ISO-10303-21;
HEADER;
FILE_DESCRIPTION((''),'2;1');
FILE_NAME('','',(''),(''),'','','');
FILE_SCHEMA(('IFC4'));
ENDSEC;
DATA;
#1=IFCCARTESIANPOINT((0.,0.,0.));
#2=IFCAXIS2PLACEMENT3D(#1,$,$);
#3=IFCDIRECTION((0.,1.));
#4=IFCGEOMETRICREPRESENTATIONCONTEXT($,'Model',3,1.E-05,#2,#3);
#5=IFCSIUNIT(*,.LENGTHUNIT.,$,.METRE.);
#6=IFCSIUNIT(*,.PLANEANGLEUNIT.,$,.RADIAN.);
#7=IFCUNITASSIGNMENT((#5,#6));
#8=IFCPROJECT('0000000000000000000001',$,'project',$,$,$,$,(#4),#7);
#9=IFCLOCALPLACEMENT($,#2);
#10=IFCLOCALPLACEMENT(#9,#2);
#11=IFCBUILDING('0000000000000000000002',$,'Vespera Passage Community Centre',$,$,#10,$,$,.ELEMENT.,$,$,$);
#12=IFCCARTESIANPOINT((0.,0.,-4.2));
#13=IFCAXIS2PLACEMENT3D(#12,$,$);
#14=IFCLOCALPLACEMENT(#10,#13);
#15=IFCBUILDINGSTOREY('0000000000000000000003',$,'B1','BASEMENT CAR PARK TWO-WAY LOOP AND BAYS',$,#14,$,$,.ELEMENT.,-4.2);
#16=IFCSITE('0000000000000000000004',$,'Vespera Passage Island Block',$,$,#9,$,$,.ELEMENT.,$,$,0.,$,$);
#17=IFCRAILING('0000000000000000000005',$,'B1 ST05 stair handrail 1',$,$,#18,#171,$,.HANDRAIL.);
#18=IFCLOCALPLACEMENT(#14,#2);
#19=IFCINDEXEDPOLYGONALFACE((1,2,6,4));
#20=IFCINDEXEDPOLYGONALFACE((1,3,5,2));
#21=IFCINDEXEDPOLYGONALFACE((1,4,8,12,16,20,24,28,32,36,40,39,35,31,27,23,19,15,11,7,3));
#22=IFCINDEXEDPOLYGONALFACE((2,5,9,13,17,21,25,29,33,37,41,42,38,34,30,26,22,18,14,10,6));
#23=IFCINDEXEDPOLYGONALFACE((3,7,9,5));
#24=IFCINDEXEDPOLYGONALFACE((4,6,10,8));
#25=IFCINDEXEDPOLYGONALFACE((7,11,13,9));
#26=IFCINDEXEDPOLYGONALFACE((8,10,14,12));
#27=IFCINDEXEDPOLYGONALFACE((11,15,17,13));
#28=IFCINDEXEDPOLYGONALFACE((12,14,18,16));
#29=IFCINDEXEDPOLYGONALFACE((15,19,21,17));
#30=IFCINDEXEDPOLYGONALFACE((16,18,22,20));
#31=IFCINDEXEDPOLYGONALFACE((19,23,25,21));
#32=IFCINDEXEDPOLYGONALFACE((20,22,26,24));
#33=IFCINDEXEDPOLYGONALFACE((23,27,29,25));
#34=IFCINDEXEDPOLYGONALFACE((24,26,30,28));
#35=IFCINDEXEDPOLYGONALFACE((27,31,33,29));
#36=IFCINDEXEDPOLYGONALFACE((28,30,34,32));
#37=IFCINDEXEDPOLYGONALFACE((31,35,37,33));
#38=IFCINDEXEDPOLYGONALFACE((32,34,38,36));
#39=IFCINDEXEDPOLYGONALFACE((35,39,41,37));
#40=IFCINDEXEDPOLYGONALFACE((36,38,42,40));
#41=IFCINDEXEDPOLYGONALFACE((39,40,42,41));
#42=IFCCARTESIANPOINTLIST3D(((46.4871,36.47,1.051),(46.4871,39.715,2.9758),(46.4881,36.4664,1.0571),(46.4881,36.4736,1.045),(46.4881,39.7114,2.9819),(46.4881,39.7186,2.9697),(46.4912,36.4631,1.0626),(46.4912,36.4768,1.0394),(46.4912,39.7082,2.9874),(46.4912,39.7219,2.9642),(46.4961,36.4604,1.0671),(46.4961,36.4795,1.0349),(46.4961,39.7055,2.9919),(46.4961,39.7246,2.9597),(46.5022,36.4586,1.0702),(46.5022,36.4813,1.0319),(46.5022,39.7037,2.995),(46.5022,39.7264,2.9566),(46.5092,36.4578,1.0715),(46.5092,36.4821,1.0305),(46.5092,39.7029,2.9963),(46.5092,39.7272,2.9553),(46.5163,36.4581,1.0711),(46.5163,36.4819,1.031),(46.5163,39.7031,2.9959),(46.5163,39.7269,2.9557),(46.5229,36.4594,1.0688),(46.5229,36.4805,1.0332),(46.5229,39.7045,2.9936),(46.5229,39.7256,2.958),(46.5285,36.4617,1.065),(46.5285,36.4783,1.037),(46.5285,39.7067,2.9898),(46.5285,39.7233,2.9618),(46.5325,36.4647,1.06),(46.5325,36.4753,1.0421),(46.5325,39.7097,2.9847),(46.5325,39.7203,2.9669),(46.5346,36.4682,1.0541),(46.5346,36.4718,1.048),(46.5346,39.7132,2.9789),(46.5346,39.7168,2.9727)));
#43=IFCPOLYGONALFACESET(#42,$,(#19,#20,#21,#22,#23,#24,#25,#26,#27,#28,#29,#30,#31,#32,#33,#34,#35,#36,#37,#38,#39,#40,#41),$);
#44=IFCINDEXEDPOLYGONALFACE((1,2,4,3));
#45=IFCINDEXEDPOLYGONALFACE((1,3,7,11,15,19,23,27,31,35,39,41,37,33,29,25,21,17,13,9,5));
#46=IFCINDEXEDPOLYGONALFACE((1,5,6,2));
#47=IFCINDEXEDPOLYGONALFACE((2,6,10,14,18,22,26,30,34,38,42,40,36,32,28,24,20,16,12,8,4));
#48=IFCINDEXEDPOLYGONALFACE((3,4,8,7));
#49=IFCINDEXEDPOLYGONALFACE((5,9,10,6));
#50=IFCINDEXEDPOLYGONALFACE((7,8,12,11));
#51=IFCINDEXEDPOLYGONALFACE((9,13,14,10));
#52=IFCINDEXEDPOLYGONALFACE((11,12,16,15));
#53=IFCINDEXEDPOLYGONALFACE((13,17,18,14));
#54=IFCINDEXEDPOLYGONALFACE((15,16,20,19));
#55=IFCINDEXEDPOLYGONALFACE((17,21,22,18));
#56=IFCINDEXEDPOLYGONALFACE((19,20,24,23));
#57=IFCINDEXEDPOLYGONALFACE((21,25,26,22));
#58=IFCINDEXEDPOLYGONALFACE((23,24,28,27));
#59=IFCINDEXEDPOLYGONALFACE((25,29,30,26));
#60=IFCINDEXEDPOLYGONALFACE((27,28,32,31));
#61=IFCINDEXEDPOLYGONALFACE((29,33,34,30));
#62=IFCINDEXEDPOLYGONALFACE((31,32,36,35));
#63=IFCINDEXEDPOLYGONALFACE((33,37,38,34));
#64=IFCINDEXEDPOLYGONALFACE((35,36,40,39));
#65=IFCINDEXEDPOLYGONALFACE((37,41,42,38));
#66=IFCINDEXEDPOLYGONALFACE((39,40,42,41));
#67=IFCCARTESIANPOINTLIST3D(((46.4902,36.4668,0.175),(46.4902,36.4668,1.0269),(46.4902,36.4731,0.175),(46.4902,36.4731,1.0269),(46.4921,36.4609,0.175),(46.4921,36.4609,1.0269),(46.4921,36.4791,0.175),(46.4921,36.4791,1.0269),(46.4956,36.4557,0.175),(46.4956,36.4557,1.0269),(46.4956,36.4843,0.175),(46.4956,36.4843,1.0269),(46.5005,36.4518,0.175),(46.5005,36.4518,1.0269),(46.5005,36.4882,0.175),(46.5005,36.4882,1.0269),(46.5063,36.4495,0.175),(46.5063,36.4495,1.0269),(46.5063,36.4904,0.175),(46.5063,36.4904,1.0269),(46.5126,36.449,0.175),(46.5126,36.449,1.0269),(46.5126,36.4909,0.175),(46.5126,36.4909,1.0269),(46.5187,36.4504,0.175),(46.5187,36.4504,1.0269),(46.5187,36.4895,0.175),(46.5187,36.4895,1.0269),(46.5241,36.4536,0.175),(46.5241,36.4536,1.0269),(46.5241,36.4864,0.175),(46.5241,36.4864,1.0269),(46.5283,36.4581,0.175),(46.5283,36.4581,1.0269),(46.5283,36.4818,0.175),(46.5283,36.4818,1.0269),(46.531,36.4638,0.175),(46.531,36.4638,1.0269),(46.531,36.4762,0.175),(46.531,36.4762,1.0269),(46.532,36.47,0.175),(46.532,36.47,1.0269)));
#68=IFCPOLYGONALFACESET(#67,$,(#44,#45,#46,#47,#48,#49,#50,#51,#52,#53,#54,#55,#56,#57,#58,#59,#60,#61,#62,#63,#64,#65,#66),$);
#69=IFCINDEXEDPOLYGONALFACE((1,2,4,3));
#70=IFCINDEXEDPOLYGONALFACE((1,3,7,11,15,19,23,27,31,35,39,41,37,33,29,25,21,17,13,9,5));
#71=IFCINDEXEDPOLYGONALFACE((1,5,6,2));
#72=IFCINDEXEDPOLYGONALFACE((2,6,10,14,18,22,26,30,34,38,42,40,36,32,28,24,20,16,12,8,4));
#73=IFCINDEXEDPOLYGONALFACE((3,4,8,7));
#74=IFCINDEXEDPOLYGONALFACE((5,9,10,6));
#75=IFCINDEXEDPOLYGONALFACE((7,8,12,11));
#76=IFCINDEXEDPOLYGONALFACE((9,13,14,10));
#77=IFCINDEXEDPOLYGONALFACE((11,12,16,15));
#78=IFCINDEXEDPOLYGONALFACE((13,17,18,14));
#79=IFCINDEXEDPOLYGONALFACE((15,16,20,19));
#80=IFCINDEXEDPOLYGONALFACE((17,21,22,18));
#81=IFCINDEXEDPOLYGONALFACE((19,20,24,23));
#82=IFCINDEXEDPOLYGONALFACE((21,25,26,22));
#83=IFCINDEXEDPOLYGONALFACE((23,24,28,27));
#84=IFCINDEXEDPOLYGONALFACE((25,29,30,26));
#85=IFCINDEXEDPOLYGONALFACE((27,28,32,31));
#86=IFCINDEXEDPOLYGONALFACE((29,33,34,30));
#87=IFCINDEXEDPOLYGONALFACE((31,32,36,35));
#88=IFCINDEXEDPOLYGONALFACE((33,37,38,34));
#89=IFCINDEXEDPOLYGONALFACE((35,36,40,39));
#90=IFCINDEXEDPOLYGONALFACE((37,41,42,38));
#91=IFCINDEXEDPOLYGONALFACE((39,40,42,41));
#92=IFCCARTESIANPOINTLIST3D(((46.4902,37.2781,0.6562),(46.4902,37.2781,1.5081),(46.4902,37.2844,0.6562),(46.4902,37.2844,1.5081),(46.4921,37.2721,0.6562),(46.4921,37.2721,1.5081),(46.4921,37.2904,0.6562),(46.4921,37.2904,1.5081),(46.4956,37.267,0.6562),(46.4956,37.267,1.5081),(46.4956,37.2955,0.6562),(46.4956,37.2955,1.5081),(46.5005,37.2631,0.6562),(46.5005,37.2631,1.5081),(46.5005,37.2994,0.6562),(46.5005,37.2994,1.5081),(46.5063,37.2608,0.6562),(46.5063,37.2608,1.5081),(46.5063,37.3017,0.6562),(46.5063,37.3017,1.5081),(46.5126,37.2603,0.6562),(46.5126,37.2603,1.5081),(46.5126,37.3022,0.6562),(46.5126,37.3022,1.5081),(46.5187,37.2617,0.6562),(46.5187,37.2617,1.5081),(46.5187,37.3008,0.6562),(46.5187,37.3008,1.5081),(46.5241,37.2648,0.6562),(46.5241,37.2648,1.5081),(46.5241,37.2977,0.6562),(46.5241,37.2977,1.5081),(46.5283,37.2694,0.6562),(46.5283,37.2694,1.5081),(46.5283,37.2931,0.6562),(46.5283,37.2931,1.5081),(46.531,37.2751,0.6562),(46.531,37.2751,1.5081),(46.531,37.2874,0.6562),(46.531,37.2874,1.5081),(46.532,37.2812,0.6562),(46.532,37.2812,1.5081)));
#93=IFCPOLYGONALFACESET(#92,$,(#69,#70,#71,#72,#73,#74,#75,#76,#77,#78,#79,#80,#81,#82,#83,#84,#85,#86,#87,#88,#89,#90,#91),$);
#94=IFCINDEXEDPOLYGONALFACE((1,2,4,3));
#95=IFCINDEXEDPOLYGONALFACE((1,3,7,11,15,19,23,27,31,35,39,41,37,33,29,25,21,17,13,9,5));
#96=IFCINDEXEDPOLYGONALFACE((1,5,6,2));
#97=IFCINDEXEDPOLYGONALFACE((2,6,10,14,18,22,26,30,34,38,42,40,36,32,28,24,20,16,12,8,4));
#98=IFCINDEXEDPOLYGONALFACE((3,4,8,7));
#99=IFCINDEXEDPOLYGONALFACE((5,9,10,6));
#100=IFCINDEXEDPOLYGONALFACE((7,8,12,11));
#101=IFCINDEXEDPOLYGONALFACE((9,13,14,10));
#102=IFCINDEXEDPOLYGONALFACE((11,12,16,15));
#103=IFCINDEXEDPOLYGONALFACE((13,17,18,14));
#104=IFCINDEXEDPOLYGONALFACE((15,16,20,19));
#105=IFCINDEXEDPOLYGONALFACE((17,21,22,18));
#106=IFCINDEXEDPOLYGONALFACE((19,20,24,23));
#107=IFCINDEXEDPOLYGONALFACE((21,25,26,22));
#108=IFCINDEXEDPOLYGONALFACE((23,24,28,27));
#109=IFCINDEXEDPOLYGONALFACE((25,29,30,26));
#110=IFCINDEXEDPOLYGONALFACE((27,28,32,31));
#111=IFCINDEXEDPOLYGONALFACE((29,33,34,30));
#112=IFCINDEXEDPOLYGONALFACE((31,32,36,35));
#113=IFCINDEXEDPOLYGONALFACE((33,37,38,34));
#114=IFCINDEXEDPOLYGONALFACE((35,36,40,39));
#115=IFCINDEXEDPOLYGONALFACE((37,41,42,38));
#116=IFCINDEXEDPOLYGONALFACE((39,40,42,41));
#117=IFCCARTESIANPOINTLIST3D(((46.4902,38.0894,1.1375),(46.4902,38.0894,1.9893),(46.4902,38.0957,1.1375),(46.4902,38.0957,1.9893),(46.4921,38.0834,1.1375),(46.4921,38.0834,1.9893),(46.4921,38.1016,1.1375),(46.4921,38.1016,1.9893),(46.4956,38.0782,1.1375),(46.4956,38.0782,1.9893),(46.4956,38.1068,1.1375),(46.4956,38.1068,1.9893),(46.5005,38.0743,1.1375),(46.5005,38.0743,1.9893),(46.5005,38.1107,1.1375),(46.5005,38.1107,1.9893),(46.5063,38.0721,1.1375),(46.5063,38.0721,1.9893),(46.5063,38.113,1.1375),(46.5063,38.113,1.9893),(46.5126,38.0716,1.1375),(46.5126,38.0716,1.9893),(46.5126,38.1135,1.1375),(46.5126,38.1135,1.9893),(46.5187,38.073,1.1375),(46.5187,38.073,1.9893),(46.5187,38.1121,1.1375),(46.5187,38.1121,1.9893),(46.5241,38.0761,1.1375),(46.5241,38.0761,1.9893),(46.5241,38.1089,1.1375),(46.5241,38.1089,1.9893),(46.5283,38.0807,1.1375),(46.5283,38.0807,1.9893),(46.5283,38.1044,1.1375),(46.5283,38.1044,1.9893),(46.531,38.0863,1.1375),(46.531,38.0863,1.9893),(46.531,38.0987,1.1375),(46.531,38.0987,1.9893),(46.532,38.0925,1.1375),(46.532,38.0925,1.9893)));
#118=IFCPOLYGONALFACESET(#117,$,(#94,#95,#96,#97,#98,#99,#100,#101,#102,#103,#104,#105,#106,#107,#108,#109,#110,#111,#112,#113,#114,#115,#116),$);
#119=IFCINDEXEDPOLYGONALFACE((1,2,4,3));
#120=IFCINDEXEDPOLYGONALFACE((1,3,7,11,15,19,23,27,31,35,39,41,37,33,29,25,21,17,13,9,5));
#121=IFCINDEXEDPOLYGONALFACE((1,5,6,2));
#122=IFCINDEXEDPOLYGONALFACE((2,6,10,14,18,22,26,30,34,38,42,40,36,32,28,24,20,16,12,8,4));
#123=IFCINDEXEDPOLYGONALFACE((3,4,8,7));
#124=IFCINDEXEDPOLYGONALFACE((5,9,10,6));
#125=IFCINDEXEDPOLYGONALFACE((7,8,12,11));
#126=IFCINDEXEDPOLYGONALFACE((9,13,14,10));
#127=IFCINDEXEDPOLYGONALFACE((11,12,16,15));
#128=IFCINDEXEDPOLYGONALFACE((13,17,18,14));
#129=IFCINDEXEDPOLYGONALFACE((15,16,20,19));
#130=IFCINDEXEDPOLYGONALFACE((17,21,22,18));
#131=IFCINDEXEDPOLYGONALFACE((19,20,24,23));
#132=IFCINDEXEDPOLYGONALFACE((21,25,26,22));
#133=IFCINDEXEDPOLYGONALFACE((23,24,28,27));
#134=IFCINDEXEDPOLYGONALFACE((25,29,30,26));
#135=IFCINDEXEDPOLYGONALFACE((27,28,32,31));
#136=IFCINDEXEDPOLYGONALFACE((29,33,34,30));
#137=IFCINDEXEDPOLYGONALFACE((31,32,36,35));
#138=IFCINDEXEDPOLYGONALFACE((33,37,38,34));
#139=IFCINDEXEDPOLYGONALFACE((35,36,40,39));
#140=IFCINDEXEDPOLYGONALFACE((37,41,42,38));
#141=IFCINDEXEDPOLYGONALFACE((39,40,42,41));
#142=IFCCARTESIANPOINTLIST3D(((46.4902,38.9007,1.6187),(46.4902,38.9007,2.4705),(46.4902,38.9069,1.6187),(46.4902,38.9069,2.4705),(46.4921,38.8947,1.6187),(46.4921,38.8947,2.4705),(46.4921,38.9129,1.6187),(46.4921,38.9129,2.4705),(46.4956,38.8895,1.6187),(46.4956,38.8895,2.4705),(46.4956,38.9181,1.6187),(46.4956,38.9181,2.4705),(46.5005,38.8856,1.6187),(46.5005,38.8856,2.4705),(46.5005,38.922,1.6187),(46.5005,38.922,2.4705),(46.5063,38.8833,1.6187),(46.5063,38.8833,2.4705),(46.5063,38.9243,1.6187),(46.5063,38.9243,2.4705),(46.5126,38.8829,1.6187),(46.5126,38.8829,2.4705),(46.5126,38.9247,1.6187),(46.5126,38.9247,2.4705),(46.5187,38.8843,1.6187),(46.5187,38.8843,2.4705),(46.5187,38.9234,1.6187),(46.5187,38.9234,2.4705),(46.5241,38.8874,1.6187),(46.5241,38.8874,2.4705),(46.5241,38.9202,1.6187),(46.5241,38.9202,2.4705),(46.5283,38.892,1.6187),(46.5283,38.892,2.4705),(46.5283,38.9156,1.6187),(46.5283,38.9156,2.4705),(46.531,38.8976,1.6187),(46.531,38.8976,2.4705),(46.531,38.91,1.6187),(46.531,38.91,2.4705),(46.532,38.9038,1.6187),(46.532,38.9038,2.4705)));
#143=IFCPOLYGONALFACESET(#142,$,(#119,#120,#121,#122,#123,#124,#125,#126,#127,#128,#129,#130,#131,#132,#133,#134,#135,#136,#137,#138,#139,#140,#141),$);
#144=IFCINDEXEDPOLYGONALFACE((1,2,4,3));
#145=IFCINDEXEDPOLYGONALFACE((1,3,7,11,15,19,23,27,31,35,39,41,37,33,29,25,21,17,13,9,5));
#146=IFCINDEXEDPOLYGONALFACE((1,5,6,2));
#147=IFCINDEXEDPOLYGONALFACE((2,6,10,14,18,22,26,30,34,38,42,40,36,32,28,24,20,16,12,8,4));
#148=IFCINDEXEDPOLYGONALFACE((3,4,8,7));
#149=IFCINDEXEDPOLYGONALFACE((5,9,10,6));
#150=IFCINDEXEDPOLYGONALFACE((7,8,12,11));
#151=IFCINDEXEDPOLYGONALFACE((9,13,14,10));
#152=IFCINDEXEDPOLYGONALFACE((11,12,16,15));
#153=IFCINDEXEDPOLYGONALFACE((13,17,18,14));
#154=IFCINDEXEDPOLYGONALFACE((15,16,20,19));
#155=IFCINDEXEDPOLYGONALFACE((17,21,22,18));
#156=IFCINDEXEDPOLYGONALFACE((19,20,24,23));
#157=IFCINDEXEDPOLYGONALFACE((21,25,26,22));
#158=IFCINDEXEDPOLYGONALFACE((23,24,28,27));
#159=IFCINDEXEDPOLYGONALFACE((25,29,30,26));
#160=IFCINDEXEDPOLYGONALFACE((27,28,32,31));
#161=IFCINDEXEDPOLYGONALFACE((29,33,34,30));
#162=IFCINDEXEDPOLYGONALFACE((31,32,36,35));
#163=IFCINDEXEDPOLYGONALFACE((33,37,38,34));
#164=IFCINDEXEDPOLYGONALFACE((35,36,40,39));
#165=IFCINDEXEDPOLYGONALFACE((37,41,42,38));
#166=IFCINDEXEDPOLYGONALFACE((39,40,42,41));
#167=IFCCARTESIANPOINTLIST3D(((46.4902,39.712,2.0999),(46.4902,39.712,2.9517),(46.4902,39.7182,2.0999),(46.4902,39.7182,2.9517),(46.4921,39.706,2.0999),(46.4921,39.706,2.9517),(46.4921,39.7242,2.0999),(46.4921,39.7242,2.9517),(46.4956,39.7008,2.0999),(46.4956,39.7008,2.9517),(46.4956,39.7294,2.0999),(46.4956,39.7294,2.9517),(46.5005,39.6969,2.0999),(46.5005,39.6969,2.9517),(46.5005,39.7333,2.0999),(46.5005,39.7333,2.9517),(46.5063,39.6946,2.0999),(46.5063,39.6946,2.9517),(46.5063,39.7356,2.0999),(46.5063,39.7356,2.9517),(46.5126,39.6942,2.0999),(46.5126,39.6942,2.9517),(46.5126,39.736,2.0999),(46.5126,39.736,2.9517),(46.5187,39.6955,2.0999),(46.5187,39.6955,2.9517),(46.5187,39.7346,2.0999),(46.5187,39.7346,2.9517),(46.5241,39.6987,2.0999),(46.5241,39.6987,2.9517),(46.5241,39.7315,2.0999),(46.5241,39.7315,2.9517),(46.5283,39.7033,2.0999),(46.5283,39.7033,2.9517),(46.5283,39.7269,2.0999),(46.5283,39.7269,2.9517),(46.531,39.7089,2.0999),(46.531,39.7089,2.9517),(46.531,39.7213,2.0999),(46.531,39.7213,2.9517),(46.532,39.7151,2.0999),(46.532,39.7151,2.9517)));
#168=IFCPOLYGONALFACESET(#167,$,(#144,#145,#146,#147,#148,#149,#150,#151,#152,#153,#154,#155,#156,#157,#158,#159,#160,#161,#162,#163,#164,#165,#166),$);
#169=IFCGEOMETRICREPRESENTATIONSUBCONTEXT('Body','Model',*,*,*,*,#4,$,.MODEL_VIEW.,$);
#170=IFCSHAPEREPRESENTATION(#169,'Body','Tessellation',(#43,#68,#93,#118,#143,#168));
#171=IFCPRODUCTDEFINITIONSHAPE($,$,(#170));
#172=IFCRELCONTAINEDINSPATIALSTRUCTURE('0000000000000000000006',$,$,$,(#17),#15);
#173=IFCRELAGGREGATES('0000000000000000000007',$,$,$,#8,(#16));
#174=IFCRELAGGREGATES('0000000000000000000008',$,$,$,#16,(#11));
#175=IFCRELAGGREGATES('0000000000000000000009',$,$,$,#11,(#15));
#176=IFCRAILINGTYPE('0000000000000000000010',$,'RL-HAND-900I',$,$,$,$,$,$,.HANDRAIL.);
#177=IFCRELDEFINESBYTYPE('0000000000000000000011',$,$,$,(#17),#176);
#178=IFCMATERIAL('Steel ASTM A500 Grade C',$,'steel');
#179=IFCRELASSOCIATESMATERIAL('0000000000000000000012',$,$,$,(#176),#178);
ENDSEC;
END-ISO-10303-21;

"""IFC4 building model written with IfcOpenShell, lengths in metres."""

from ifc_helpers import new_model, si_unit, direction, frame, origin, origin_2d, place, context, subcontext, project, spatial, circle, extrude, material, type_object, element, save


model = new_model("IFC4")

# Units and contexts
model_context = context("Model", 3, precision=1e-05, world=origin(), true_north=direction((0.0, 1.0)))
body_context = subcontext(model_context, "Body", "Model", "MODEL_VIEW")
ifc_project = project(units=[si_unit("LENGTHUNIT", "METRE"), si_unit("PLANEANGLEUNIT", "RADIAN")], contexts=[model_context])

# Site, building, storey
site_placement = place(None, origin())
site = spatial("IfcSite", under=ifc_project, at=site_placement, Name="Vespera Passage Island Block", CompositionType="ELEMENT", RefElevation=0.0)
building_placement = place(site_placement, origin())
building = spatial("IfcBuilding", under=site, at=building_placement, Name="Vespera Passage Community Centre", CompositionType="ELEMENT")
storey_placement = place(building_placement, frame((0.0, 0.0, -4.2)))
storey = spatial("IfcBuildingStorey", under=building, at=storey_placement, Name="B1", Description="BASEMENT CAR PARK TWO-WAY LOOP AND BAYS", CompositionType="ELEMENT", Elevation=-4.2)

# Railing
ifc_material_1 = material(Name="Steel ASTM A500 Grade C", Category="steel")
railing_type_1 = type_object("IfcRailingType", Name="RL-HAND-900I", PredefinedType="HANDRAIL", material=ifc_material_1)
railing_1_placement = place(storey_placement, frame((46.511, 36.47, 0.175)))
element("IfcRailing", 1, at=railing_1_placement, inside=storey, type_object=railing_type_1, Name="B1 ST05 stair handrail 1", PredefinedType="HANDRAIL", context=body_context, shape_type="SweptSolid", body=[
    extrude(circle(Radius=0.0239, at=origin_2d()), frame((0.0, 0.0, 0.876), z_axis=(0.0, 0.860085, 0.51015), x_axis=(-1.0, 0.0, 0.0)), (0.0, 0.0, 1.0), 3.7729),
    extrude(circle(Radius=0.021, at=origin_2d()), origin(), (0.0, 0.0, 1.0), 0.8518),
    extrude(circle(Radius=0.021, at=origin_2d()), frame((0.0, 0.8113, 0.4812)), (0.0, 0.0, 1.0), 0.8518),
    extrude(circle(Radius=0.021, at=origin_2d()), frame((0.0, 1.6226, 0.9624)), (0.0, 0.0, 1.0), 0.8518),
    extrude(circle(Radius=0.021, at=origin_2d()), frame((0.0, 2.4338, 1.4436)), (0.0, 0.0, 1.0), 0.8518),
    extrude(circle(Radius=0.021, at=origin_2d()), frame((0.0, 3.2451, 1.9248)), (0.0, 0.0, 1.0), 0.8518),
])

save(model, "model.ifc")
